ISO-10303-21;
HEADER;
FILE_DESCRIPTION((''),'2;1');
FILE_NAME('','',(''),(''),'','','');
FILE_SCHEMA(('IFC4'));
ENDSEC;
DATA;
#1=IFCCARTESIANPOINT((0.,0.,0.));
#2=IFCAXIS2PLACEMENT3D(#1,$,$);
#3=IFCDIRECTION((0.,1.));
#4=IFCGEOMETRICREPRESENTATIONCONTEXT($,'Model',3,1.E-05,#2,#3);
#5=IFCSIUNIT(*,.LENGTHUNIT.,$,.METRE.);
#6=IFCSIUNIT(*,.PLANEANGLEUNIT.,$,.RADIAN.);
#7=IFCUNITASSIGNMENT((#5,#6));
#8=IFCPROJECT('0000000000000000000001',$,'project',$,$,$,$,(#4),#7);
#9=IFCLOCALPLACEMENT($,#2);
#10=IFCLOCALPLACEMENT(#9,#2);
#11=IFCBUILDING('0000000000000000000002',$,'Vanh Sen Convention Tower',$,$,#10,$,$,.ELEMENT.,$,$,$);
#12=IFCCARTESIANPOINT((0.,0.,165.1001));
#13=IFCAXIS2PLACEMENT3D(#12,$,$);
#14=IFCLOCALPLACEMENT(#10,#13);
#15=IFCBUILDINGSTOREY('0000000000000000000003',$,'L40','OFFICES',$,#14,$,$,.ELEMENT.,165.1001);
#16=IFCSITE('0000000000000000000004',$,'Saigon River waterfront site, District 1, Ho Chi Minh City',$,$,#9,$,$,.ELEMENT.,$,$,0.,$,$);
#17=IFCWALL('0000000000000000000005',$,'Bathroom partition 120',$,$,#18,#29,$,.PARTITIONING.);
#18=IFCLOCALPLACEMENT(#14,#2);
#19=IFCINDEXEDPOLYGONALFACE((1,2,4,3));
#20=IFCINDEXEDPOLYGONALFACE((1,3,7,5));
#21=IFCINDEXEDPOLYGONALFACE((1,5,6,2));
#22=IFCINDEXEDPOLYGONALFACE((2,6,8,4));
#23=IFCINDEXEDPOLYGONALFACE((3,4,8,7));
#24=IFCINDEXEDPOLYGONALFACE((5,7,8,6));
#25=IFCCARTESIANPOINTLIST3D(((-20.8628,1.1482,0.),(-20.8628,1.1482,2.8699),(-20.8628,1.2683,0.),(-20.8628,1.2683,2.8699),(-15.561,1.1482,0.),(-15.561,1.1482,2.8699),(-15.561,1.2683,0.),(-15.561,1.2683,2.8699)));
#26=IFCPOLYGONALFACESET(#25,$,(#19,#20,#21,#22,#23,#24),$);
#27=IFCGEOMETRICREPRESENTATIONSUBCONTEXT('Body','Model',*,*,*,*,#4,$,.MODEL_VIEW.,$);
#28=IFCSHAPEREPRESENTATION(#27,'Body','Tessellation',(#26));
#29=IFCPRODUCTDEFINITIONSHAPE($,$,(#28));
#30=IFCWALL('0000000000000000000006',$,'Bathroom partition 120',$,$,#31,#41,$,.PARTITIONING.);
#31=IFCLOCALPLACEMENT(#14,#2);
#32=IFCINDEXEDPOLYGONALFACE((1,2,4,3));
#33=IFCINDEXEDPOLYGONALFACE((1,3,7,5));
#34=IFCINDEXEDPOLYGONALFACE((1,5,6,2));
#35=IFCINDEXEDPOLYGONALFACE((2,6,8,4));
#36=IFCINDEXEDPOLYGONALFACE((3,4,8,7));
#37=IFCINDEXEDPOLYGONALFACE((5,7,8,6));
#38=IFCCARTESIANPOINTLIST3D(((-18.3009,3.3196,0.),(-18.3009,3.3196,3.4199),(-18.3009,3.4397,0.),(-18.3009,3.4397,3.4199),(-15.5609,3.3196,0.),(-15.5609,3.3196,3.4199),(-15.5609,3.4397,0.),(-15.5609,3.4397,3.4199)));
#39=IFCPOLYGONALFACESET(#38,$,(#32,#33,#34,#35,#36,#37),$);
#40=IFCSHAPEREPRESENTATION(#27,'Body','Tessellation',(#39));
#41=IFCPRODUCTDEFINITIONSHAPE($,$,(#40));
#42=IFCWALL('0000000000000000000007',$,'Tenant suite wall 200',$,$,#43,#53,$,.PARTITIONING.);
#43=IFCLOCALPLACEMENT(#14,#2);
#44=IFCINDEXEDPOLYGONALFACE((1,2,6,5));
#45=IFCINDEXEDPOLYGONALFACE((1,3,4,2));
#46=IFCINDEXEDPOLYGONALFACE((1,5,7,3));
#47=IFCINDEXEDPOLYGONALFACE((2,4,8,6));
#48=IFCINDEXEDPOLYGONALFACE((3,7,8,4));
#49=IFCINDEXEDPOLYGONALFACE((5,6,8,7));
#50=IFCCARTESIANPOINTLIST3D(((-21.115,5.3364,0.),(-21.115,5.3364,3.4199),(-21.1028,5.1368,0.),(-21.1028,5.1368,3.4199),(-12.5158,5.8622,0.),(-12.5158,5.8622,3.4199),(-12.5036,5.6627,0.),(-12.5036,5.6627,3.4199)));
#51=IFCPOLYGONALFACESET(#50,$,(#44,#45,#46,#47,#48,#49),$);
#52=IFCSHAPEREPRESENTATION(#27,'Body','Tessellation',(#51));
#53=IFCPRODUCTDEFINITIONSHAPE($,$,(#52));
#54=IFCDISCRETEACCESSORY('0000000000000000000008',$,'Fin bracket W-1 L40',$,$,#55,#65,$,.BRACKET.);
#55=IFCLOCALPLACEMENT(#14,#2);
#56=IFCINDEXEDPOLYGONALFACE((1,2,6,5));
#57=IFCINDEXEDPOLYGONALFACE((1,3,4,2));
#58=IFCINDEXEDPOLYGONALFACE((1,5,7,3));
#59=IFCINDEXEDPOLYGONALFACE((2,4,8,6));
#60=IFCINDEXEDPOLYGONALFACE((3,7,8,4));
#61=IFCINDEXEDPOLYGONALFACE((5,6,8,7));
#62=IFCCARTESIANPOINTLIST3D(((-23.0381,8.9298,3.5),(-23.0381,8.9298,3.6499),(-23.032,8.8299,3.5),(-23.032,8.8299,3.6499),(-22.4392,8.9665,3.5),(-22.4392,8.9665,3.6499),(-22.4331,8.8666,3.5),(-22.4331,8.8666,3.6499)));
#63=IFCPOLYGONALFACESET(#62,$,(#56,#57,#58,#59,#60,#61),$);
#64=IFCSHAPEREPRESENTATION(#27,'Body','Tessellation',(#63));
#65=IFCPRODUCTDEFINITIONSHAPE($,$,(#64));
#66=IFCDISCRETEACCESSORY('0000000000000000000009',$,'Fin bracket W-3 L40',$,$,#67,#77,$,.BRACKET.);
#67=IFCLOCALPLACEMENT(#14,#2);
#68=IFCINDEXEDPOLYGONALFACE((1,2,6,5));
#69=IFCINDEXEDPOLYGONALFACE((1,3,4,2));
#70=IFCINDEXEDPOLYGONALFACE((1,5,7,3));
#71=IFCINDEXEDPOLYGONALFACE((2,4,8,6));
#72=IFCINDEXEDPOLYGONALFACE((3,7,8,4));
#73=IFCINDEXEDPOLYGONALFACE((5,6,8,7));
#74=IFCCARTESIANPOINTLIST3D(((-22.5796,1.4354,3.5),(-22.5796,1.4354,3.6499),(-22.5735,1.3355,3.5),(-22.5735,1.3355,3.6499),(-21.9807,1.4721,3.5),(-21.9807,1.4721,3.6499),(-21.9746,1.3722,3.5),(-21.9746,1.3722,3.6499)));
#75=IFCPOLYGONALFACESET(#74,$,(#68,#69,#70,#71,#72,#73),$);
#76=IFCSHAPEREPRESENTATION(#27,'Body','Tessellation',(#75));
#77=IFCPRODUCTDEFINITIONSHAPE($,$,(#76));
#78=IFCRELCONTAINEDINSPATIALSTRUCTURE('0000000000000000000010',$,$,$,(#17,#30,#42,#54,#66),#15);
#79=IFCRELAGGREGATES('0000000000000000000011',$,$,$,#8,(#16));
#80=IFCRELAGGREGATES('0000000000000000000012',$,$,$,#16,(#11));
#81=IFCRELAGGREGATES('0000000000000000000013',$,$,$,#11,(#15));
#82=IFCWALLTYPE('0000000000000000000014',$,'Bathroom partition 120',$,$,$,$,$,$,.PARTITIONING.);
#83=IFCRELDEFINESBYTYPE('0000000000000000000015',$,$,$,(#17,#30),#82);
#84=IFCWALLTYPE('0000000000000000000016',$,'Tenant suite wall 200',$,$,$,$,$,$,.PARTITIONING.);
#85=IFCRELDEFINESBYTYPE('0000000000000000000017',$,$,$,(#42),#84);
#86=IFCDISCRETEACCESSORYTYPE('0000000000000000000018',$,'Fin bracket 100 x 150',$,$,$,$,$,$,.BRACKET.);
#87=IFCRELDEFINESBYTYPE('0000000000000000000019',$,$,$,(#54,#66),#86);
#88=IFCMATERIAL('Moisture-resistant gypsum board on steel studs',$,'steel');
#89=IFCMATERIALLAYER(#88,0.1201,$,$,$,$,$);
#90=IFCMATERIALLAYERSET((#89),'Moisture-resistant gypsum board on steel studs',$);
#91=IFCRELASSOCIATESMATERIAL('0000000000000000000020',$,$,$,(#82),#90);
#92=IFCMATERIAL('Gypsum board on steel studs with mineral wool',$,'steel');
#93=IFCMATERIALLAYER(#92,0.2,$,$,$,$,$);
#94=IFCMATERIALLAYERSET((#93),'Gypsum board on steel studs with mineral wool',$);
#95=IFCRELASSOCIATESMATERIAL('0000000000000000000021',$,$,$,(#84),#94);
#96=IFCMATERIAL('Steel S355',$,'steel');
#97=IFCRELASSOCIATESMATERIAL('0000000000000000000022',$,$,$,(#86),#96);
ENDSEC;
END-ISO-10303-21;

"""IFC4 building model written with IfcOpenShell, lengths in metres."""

from ifc_helpers import new_model, si_unit, direction, frame, frame_2d, origin, origin_2d, place, context, subcontext, project, spatial, rectangle, extrude, material, layer, layer_set, type_object, element, save


model = new_model("IFC4")

# Units and contexts
model_context = context("Model", 3, precision=1e-05, world=origin(), true_north=direction((0.0, 1.0)))
body_context = subcontext(model_context, "Body", "Model", "MODEL_VIEW")
ifc_project = project(units=[si_unit("LENGTHUNIT", "METRE"), si_unit("PLANEANGLEUNIT", "RADIAN")], contexts=[model_context])

# Site, building, storey
site_placement = place(None, origin())
site = spatial("IfcSite", under=ifc_project, at=site_placement, Name="Saigon River waterfront site, District 1, Ho Chi Minh City", CompositionType="ELEMENT", RefElevation=0.0)
building_placement = place(site_placement, origin())
building = spatial("IfcBuilding", under=site, at=building_placement, Name="Vanh Sen Convention Tower", CompositionType="ELEMENT")
storey_placement = place(building_placement, frame((0.0, 0.0, 165.1001)))
storey = spatial("IfcBuildingStorey", under=building, at=storey_placement, Name="L40", Description="OFFICES", CompositionType="ELEMENT", Elevation=165.1001)

# Walls
ifc_material_1 = material(Name="Moisture-resistant gypsum board on steel studs", Category="steel")
ifc_layer_1 = layer(ifc_material_1, 0.1201)
ifc_layer_set_1 = layer_set([ifc_layer_1], Name="Moisture-resistant gypsum board on steel studs")
wall_type_1 = type_object("IfcWallType", Name="Bathroom partition 120", PredefinedType="PARTITIONING", material=ifc_layer_set_1)
wall_1_placement = place(storey_placement, frame((-20.8628, 1.2083, 0.0), z_axis=(0.0, 0.0, 1.0), x_axis=(1.0, 0.0, 0.0)))
element("IfcWall", 1, at=wall_1_placement, inside=storey, type_object=wall_type_1, Name="Bathroom partition 120", PredefinedType="PARTITIONING", context=body_context, shape_type="SweptSolid", body=[
    extrude(rectangle(XDim=5.3018, YDim=0.1201, at=frame_2d((2.6509, 0.0))), origin(), (0.0, 0.0, 1.0), 2.8699),
])
wall_2_placement = place(storey_placement, frame((-18.301, 3.3796, 0.0), z_axis=(0.0, 0.0, 1.0), x_axis=(1.0, 0.0, 0.0)))
element("IfcWall", 2, at=wall_2_placement, inside=storey, type_object=wall_type_1, Name="Bathroom partition 120", PredefinedType="PARTITIONING", context=body_context, shape_type="SweptSolid", body=[
    extrude(rectangle(XDim=2.74, YDim=0.1201, at=frame_2d((1.3701, 0.0))), origin(), (0.0, 0.0, 1.0), 3.4199),
])
ifc_material_2 = material(Name="Gypsum board on steel studs with mineral wool", Category="steel")
ifc_layer_2 = layer(ifc_material_2, 0.2)
ifc_layer_set_2 = layer_set([ifc_layer_2], Name="Gypsum board on steel studs with mineral wool")
wall_type_2 = type_object("IfcWallType", Name="Tenant suite wall 200", PredefinedType="PARTITIONING", material=ifc_layer_set_2)
wall_3_placement = place(storey_placement, frame((-21.1089, 5.2366, 0.0), z_axis=(0.0, 0.0, 1.0), x_axis=(0.998135, 0.061041, 0.0)))
element("IfcWall", 3, at=wall_3_placement, inside=storey, type_object=wall_type_2, Name="Tenant suite wall 200", PredefinedType="PARTITIONING", context=body_context, shape_type="SweptSolid", body=[
    extrude(rectangle(XDim=8.6152, YDim=0.2, at=frame_2d((4.3076, 0.0))), origin(), (0.0, 0.0, 1.0), 3.4199),
])

# Discrete accessories
ifc_material_3 = material(Name="Steel S355", Category="steel")
discrete_accessory_type = type_object("IfcDiscreteAccessoryType", Name="Fin bracket 100 x 150", PredefinedType="BRACKET", material=ifc_material_3)
for number, where, z_axis, x_axis, name in (
    (4, (-22.7356, 8.8982, 3.5), (0.0, 0.0, 1.0), (-0.998135, -0.061049, 0.0), "Fin bracket W-1 L40"),
    (5, (-22.2771, 1.4038, 3.5), (0.0, 0.0, 1.0), (-0.998135, -0.061049, 0.0), "Fin bracket W-3 L40"),
):
    element("IfcDiscreteAccessory", number, at=place(storey_placement, frame(where, z_axis=z_axis, x_axis=x_axis)), inside=storey, type_object=discrete_accessory_type, Name=name, PredefinedType="BRACKET", context=body_context, shape_type="SweptSolid", body=[
        extrude(rectangle(XDim=0.6001, YDim=0.1001, at=origin_2d()), origin(), (0.0, 0.0, 1.0), 0.1499),
    ])

save(model, "model.ifc")
